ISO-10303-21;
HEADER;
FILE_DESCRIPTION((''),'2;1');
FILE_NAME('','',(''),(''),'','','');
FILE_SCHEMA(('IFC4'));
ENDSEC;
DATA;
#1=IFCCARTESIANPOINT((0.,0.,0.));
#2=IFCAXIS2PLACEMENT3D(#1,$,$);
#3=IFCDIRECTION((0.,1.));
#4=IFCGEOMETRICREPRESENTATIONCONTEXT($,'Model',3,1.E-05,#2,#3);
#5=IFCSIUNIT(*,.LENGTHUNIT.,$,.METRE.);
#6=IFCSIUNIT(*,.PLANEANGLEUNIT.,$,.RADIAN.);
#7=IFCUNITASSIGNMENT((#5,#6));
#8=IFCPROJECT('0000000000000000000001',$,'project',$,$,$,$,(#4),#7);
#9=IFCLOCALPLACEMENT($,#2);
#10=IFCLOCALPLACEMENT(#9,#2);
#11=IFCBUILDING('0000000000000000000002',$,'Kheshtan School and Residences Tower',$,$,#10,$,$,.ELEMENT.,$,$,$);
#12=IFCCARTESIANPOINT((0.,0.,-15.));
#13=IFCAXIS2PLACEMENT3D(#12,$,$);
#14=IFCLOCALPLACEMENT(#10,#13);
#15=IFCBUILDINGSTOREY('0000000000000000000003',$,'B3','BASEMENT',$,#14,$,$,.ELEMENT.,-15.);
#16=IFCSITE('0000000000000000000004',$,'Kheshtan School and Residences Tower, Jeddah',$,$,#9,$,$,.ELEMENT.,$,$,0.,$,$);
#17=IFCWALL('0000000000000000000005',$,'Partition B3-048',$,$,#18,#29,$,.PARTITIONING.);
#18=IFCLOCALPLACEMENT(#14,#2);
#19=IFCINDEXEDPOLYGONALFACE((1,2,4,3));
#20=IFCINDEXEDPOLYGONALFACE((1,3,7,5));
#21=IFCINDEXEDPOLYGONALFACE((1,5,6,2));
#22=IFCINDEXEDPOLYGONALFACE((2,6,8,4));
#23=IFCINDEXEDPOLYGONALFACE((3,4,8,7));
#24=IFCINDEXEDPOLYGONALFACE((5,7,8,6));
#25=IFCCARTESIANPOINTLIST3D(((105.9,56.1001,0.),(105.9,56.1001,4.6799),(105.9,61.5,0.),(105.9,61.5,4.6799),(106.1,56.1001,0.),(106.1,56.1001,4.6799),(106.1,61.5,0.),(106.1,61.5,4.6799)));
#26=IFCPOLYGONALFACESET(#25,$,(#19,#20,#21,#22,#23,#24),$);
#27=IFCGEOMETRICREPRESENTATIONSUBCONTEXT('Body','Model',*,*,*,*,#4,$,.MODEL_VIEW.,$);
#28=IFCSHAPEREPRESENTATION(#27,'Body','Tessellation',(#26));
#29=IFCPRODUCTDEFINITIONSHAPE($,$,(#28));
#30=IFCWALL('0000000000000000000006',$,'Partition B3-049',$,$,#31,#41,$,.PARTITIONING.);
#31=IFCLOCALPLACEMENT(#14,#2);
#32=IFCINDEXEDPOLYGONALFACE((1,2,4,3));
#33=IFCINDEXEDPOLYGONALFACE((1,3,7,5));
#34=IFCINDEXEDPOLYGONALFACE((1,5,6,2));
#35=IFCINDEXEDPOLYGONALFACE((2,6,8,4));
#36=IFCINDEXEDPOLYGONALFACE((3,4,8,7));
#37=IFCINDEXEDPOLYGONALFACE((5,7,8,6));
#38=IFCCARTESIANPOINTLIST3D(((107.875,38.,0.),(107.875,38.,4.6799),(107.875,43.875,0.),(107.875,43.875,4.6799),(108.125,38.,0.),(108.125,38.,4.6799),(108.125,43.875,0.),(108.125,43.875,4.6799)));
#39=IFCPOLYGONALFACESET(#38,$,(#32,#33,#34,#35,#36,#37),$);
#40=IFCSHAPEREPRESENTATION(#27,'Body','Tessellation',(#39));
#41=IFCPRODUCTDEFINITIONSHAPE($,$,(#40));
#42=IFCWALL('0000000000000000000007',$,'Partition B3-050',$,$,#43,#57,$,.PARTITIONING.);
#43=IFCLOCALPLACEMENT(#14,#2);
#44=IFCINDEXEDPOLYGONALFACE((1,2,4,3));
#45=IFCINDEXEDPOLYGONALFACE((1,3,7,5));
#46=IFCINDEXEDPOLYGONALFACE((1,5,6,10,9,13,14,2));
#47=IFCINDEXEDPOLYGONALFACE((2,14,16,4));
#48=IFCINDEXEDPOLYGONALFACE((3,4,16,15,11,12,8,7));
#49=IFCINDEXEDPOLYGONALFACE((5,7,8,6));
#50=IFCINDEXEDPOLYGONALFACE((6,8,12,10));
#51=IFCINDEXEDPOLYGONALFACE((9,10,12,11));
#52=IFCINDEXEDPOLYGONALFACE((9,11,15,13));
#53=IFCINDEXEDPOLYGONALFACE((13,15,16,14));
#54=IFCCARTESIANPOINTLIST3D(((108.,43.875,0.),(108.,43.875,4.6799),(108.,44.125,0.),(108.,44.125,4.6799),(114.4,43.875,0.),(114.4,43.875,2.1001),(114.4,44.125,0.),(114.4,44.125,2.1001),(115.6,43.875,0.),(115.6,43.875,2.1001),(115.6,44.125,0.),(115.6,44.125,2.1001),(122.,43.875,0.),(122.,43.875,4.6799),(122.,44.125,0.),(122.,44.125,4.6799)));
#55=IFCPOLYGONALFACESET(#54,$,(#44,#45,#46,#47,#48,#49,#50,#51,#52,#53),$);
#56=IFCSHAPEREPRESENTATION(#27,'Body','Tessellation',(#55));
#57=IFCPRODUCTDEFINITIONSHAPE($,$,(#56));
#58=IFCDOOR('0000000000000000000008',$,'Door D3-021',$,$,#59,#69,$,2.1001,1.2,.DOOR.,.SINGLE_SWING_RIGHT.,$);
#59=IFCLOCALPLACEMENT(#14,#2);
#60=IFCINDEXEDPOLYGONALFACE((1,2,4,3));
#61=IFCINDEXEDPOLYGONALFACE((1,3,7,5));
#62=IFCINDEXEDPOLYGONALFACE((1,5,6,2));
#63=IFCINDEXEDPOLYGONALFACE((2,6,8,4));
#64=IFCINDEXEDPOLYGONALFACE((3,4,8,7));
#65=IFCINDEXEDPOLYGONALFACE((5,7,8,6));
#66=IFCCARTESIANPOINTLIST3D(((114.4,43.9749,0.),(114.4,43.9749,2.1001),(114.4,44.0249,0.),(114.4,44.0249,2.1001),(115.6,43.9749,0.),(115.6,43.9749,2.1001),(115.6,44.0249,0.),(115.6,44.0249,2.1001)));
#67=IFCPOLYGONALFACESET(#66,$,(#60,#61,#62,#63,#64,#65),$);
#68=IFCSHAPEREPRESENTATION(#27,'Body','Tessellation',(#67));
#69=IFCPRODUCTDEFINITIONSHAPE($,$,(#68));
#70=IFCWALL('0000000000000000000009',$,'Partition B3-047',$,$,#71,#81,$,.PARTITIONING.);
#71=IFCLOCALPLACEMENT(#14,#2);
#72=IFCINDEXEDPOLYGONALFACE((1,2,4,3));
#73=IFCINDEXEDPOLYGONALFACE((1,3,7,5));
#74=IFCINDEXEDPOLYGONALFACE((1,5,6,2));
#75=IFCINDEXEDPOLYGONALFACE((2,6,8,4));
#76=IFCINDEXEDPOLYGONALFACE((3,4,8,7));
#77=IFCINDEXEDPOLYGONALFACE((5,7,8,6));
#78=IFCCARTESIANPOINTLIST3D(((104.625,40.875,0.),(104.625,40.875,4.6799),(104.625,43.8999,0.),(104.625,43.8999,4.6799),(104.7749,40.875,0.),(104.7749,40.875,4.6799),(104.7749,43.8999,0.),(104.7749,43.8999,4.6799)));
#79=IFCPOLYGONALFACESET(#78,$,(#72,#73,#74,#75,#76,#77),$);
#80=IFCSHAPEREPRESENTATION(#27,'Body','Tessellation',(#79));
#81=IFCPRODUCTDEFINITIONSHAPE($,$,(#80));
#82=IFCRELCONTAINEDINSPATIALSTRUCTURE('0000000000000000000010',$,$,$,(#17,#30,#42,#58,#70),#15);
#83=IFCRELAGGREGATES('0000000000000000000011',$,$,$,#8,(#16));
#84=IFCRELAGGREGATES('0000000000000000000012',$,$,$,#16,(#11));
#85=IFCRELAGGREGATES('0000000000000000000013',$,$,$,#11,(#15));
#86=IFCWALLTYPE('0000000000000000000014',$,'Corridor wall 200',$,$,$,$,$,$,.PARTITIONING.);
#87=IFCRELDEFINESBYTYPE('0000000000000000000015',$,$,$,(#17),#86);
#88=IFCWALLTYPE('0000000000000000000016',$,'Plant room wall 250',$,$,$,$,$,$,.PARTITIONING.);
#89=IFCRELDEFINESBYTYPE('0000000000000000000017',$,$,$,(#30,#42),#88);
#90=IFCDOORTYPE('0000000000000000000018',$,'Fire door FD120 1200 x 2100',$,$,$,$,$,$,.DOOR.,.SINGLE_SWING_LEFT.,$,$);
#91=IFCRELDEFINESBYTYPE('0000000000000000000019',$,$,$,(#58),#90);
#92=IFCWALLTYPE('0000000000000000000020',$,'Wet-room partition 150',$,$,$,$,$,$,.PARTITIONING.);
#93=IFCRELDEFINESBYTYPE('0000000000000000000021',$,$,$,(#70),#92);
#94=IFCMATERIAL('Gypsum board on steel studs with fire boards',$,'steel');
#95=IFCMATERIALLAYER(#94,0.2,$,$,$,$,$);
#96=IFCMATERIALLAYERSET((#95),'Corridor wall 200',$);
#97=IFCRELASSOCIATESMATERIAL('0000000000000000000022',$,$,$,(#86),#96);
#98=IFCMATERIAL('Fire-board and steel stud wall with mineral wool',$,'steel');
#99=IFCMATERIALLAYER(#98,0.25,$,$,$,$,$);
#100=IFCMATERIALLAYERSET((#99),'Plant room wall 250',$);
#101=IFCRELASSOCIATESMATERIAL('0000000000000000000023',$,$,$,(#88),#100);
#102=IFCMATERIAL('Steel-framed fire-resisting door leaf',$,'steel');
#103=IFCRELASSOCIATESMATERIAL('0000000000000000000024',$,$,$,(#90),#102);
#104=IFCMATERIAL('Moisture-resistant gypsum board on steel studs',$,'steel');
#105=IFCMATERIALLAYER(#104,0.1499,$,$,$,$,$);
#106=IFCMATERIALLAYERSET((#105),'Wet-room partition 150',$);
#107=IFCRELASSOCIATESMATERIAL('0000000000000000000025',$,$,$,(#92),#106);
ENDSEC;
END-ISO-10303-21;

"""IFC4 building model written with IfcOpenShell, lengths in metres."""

from ifc_helpers import new_model, si_unit, direction, frame, frame_2d, origin, place, context, subcontext, project, spatial, rectangle, extrude, source, transform, mapped, material, layer, layer_set, type_object, element, fill, save


model = new_model("IFC4")

# Units and contexts
model_context = context("Model", 3, precision=1e-05, world=origin(), true_north=direction((0.0, 1.0)))
body_context = subcontext(model_context, "Body", "Model", "MODEL_VIEW")
ifc_project = project(units=[si_unit("LENGTHUNIT", "METRE"), si_unit("PLANEANGLEUNIT", "RADIAN")], contexts=[model_context])

# Site, building, storey
site_placement = place(None, origin())
site = spatial("IfcSite", under=ifc_project, at=site_placement, Name="Kheshtan School and Residences Tower, Jeddah", CompositionType="ELEMENT", RefElevation=0.0)
building_placement = place(site_placement, origin())
building = spatial("IfcBuilding", under=site, at=building_placement, Name="Kheshtan School and Residences Tower", CompositionType="ELEMENT")
storey_placement = place(building_placement, frame((0.0, 0.0, -15.0)))
storey = spatial("IfcBuildingStorey", under=building, at=storey_placement, Name="B3", Description="BASEMENT", CompositionType="ELEMENT", Elevation=-15.0)

# Walls
ifc_material_1 = material(Name="Gypsum board on steel studs with fire boards", Category="steel")
ifc_layer_1 = layer(ifc_material_1, 0.2)
ifc_layer_set_1 = layer_set([ifc_layer_1], Name="Corridor wall 200")
wall_type_1 = type_object("IfcWallType", Name="Corridor wall 200", PredefinedType="PARTITIONING", material=ifc_layer_set_1)
wall_1_placement = place(storey_placement, frame((106.0, 56.1001, 0.0), z_axis=(0.0, 0.0, 1.0), x_axis=(0.0, 1.0, 0.0)))
element("IfcWall", 1, at=wall_1_placement, inside=storey, type_object=wall_type_1, Name="Partition B3-048", PredefinedType="PARTITIONING", context=body_context, shape_type="SweptSolid", body=[
    extrude(rectangle(XDim=5.3999, YDim=0.2, at=frame_2d((2.7, 0.0))), origin(), (0.0, 0.0, 1.0), 4.6799),
])
ifc_material_2 = material(Name="Fire-board and steel stud wall with mineral wool", Category="steel")
ifc_layer_2 = layer(ifc_material_2, 0.25)
ifc_layer_set_2 = layer_set([ifc_layer_2], Name="Plant room wall 250")
wall_type_2 = type_object("IfcWallType", Name="Plant room wall 250", PredefinedType="PARTITIONING", material=ifc_layer_set_2)
wall_2_placement = place(storey_placement, frame((108.0, 38.0, 0.0), z_axis=(0.0, 0.0, 1.0), x_axis=(0.0, 1.0, 0.0)))
element("IfcWall", 2, at=wall_2_placement, inside=storey, type_object=wall_type_2, Name="Partition B3-049", PredefinedType="PARTITIONING", context=body_context, shape_type="SweptSolid", body=[
    extrude(rectangle(XDim=5.875, YDim=0.25, at=frame_2d((2.9375, 0.0))), origin(), (0.0, 0.0, 1.0), 4.6799),
])

# Wall, opening, door
wall_3_placement = place(storey_placement, frame((108.0, 44.0, 0.0), z_axis=(0.0, 0.0, 1.0), x_axis=(1.0, 0.0, 0.0)))
wall_3 = element("IfcWall", 3, at=wall_3_placement, inside=storey, type_object=wall_type_2, Name="Partition B3-050", PredefinedType="PARTITIONING", context=body_context, shape_type="SweptSolid", body=[
    extrude(rectangle(XDim=14.0, YDim=0.25, at=frame_2d((7.0, 0.0))), origin(), (0.0, 0.0, 1.0), 4.6799),
])
opening_placement = place(wall_3_placement, frame((6.3999, 0.0, 0.0)))
opening = element("IfcOpeningElement", 4, at=opening_placement, cuts=wall_3, PredefinedType="OPENING", context=body_context, shape_type="SweptSolid", body=[
    extrude(rectangle(XDim=1.2, YDim=2.1001, at=frame_2d((0.6001, 1.05))), frame((0.0, 0.135, 0.0), z_axis=(0.0, -1.0, 0.0), x_axis=(1.0, 0.0, 0.0)), (0.0, 0.0, 1.0), 0.27),
])
ifc_material_3 = material(Name="Steel-framed fire-resisting door leaf", Category="steel")
door_type = type_object("IfcDoorType", Name="Fire door FD120 1200 x 2100", OperationType="SINGLE_SWING_LEFT", PredefinedType="DOOR", material=ifc_material_3)
shared_shape = source(origin(), body_context, "Body", "SweptSolid", [
    extrude(rectangle(XDim=1.2, YDim=2.1001, at=frame_2d((0.6001, 1.05))), frame((0.0, 0.0249, 0.0), z_axis=(0.0, -1.0, 0.0), x_axis=(1.0, 0.0, 0.0)), (0.0, 0.0, 1.0), 0.05),
])
door_placement = place(opening_placement, origin())
door = element("IfcDoor", 5, at=door_placement, inside=storey, type_object=door_type, Name="Door D3-021", OperationType="SINGLE_SWING_RIGHT", OverallHeight=2.1001, OverallWidth=1.2, PredefinedType="DOOR", context=body_context, shape_type="MappedRepresentation", body=[
    mapped(shared_shape, transform((0.0, 0.0, 0.0), x_axis=(1.0, 0.0, 0.0), y_axis=(0.0, 1.0, 0.0), z_axis=(0.0, 0.0, 1.0), scale=1.0)),
])
fill(opening, door)

# Wall
ifc_material_4 = material(Name="Moisture-resistant gypsum board on steel studs", Category="steel")
ifc_layer_3 = layer(ifc_material_4, 0.1499)
ifc_layer_set_3 = layer_set([ifc_layer_3], Name="Wet-room partition 150")
wall_type_3 = type_object("IfcWallType", Name="Wet-room partition 150", PredefinedType="PARTITIONING", material=ifc_layer_set_3)
wall_4_placement = place(storey_placement, frame((104.7, 40.875, 0.0), z_axis=(0.0, 0.0, 1.0), x_axis=(0.0, 1.0, 0.0)))
element("IfcWall", 6, at=wall_4_placement, inside=storey, type_object=wall_type_3, Name="Partition B3-047", PredefinedType="PARTITIONING", context=body_context, shape_type="SweptSolid", body=[
    extrude(rectangle(XDim=3.0249, YDim=0.1499, at=frame_2d((1.5125, 0.0))), origin(), (0.0, 0.0, 1.0), 4.6799),
])

save(model, "model.ifc")
